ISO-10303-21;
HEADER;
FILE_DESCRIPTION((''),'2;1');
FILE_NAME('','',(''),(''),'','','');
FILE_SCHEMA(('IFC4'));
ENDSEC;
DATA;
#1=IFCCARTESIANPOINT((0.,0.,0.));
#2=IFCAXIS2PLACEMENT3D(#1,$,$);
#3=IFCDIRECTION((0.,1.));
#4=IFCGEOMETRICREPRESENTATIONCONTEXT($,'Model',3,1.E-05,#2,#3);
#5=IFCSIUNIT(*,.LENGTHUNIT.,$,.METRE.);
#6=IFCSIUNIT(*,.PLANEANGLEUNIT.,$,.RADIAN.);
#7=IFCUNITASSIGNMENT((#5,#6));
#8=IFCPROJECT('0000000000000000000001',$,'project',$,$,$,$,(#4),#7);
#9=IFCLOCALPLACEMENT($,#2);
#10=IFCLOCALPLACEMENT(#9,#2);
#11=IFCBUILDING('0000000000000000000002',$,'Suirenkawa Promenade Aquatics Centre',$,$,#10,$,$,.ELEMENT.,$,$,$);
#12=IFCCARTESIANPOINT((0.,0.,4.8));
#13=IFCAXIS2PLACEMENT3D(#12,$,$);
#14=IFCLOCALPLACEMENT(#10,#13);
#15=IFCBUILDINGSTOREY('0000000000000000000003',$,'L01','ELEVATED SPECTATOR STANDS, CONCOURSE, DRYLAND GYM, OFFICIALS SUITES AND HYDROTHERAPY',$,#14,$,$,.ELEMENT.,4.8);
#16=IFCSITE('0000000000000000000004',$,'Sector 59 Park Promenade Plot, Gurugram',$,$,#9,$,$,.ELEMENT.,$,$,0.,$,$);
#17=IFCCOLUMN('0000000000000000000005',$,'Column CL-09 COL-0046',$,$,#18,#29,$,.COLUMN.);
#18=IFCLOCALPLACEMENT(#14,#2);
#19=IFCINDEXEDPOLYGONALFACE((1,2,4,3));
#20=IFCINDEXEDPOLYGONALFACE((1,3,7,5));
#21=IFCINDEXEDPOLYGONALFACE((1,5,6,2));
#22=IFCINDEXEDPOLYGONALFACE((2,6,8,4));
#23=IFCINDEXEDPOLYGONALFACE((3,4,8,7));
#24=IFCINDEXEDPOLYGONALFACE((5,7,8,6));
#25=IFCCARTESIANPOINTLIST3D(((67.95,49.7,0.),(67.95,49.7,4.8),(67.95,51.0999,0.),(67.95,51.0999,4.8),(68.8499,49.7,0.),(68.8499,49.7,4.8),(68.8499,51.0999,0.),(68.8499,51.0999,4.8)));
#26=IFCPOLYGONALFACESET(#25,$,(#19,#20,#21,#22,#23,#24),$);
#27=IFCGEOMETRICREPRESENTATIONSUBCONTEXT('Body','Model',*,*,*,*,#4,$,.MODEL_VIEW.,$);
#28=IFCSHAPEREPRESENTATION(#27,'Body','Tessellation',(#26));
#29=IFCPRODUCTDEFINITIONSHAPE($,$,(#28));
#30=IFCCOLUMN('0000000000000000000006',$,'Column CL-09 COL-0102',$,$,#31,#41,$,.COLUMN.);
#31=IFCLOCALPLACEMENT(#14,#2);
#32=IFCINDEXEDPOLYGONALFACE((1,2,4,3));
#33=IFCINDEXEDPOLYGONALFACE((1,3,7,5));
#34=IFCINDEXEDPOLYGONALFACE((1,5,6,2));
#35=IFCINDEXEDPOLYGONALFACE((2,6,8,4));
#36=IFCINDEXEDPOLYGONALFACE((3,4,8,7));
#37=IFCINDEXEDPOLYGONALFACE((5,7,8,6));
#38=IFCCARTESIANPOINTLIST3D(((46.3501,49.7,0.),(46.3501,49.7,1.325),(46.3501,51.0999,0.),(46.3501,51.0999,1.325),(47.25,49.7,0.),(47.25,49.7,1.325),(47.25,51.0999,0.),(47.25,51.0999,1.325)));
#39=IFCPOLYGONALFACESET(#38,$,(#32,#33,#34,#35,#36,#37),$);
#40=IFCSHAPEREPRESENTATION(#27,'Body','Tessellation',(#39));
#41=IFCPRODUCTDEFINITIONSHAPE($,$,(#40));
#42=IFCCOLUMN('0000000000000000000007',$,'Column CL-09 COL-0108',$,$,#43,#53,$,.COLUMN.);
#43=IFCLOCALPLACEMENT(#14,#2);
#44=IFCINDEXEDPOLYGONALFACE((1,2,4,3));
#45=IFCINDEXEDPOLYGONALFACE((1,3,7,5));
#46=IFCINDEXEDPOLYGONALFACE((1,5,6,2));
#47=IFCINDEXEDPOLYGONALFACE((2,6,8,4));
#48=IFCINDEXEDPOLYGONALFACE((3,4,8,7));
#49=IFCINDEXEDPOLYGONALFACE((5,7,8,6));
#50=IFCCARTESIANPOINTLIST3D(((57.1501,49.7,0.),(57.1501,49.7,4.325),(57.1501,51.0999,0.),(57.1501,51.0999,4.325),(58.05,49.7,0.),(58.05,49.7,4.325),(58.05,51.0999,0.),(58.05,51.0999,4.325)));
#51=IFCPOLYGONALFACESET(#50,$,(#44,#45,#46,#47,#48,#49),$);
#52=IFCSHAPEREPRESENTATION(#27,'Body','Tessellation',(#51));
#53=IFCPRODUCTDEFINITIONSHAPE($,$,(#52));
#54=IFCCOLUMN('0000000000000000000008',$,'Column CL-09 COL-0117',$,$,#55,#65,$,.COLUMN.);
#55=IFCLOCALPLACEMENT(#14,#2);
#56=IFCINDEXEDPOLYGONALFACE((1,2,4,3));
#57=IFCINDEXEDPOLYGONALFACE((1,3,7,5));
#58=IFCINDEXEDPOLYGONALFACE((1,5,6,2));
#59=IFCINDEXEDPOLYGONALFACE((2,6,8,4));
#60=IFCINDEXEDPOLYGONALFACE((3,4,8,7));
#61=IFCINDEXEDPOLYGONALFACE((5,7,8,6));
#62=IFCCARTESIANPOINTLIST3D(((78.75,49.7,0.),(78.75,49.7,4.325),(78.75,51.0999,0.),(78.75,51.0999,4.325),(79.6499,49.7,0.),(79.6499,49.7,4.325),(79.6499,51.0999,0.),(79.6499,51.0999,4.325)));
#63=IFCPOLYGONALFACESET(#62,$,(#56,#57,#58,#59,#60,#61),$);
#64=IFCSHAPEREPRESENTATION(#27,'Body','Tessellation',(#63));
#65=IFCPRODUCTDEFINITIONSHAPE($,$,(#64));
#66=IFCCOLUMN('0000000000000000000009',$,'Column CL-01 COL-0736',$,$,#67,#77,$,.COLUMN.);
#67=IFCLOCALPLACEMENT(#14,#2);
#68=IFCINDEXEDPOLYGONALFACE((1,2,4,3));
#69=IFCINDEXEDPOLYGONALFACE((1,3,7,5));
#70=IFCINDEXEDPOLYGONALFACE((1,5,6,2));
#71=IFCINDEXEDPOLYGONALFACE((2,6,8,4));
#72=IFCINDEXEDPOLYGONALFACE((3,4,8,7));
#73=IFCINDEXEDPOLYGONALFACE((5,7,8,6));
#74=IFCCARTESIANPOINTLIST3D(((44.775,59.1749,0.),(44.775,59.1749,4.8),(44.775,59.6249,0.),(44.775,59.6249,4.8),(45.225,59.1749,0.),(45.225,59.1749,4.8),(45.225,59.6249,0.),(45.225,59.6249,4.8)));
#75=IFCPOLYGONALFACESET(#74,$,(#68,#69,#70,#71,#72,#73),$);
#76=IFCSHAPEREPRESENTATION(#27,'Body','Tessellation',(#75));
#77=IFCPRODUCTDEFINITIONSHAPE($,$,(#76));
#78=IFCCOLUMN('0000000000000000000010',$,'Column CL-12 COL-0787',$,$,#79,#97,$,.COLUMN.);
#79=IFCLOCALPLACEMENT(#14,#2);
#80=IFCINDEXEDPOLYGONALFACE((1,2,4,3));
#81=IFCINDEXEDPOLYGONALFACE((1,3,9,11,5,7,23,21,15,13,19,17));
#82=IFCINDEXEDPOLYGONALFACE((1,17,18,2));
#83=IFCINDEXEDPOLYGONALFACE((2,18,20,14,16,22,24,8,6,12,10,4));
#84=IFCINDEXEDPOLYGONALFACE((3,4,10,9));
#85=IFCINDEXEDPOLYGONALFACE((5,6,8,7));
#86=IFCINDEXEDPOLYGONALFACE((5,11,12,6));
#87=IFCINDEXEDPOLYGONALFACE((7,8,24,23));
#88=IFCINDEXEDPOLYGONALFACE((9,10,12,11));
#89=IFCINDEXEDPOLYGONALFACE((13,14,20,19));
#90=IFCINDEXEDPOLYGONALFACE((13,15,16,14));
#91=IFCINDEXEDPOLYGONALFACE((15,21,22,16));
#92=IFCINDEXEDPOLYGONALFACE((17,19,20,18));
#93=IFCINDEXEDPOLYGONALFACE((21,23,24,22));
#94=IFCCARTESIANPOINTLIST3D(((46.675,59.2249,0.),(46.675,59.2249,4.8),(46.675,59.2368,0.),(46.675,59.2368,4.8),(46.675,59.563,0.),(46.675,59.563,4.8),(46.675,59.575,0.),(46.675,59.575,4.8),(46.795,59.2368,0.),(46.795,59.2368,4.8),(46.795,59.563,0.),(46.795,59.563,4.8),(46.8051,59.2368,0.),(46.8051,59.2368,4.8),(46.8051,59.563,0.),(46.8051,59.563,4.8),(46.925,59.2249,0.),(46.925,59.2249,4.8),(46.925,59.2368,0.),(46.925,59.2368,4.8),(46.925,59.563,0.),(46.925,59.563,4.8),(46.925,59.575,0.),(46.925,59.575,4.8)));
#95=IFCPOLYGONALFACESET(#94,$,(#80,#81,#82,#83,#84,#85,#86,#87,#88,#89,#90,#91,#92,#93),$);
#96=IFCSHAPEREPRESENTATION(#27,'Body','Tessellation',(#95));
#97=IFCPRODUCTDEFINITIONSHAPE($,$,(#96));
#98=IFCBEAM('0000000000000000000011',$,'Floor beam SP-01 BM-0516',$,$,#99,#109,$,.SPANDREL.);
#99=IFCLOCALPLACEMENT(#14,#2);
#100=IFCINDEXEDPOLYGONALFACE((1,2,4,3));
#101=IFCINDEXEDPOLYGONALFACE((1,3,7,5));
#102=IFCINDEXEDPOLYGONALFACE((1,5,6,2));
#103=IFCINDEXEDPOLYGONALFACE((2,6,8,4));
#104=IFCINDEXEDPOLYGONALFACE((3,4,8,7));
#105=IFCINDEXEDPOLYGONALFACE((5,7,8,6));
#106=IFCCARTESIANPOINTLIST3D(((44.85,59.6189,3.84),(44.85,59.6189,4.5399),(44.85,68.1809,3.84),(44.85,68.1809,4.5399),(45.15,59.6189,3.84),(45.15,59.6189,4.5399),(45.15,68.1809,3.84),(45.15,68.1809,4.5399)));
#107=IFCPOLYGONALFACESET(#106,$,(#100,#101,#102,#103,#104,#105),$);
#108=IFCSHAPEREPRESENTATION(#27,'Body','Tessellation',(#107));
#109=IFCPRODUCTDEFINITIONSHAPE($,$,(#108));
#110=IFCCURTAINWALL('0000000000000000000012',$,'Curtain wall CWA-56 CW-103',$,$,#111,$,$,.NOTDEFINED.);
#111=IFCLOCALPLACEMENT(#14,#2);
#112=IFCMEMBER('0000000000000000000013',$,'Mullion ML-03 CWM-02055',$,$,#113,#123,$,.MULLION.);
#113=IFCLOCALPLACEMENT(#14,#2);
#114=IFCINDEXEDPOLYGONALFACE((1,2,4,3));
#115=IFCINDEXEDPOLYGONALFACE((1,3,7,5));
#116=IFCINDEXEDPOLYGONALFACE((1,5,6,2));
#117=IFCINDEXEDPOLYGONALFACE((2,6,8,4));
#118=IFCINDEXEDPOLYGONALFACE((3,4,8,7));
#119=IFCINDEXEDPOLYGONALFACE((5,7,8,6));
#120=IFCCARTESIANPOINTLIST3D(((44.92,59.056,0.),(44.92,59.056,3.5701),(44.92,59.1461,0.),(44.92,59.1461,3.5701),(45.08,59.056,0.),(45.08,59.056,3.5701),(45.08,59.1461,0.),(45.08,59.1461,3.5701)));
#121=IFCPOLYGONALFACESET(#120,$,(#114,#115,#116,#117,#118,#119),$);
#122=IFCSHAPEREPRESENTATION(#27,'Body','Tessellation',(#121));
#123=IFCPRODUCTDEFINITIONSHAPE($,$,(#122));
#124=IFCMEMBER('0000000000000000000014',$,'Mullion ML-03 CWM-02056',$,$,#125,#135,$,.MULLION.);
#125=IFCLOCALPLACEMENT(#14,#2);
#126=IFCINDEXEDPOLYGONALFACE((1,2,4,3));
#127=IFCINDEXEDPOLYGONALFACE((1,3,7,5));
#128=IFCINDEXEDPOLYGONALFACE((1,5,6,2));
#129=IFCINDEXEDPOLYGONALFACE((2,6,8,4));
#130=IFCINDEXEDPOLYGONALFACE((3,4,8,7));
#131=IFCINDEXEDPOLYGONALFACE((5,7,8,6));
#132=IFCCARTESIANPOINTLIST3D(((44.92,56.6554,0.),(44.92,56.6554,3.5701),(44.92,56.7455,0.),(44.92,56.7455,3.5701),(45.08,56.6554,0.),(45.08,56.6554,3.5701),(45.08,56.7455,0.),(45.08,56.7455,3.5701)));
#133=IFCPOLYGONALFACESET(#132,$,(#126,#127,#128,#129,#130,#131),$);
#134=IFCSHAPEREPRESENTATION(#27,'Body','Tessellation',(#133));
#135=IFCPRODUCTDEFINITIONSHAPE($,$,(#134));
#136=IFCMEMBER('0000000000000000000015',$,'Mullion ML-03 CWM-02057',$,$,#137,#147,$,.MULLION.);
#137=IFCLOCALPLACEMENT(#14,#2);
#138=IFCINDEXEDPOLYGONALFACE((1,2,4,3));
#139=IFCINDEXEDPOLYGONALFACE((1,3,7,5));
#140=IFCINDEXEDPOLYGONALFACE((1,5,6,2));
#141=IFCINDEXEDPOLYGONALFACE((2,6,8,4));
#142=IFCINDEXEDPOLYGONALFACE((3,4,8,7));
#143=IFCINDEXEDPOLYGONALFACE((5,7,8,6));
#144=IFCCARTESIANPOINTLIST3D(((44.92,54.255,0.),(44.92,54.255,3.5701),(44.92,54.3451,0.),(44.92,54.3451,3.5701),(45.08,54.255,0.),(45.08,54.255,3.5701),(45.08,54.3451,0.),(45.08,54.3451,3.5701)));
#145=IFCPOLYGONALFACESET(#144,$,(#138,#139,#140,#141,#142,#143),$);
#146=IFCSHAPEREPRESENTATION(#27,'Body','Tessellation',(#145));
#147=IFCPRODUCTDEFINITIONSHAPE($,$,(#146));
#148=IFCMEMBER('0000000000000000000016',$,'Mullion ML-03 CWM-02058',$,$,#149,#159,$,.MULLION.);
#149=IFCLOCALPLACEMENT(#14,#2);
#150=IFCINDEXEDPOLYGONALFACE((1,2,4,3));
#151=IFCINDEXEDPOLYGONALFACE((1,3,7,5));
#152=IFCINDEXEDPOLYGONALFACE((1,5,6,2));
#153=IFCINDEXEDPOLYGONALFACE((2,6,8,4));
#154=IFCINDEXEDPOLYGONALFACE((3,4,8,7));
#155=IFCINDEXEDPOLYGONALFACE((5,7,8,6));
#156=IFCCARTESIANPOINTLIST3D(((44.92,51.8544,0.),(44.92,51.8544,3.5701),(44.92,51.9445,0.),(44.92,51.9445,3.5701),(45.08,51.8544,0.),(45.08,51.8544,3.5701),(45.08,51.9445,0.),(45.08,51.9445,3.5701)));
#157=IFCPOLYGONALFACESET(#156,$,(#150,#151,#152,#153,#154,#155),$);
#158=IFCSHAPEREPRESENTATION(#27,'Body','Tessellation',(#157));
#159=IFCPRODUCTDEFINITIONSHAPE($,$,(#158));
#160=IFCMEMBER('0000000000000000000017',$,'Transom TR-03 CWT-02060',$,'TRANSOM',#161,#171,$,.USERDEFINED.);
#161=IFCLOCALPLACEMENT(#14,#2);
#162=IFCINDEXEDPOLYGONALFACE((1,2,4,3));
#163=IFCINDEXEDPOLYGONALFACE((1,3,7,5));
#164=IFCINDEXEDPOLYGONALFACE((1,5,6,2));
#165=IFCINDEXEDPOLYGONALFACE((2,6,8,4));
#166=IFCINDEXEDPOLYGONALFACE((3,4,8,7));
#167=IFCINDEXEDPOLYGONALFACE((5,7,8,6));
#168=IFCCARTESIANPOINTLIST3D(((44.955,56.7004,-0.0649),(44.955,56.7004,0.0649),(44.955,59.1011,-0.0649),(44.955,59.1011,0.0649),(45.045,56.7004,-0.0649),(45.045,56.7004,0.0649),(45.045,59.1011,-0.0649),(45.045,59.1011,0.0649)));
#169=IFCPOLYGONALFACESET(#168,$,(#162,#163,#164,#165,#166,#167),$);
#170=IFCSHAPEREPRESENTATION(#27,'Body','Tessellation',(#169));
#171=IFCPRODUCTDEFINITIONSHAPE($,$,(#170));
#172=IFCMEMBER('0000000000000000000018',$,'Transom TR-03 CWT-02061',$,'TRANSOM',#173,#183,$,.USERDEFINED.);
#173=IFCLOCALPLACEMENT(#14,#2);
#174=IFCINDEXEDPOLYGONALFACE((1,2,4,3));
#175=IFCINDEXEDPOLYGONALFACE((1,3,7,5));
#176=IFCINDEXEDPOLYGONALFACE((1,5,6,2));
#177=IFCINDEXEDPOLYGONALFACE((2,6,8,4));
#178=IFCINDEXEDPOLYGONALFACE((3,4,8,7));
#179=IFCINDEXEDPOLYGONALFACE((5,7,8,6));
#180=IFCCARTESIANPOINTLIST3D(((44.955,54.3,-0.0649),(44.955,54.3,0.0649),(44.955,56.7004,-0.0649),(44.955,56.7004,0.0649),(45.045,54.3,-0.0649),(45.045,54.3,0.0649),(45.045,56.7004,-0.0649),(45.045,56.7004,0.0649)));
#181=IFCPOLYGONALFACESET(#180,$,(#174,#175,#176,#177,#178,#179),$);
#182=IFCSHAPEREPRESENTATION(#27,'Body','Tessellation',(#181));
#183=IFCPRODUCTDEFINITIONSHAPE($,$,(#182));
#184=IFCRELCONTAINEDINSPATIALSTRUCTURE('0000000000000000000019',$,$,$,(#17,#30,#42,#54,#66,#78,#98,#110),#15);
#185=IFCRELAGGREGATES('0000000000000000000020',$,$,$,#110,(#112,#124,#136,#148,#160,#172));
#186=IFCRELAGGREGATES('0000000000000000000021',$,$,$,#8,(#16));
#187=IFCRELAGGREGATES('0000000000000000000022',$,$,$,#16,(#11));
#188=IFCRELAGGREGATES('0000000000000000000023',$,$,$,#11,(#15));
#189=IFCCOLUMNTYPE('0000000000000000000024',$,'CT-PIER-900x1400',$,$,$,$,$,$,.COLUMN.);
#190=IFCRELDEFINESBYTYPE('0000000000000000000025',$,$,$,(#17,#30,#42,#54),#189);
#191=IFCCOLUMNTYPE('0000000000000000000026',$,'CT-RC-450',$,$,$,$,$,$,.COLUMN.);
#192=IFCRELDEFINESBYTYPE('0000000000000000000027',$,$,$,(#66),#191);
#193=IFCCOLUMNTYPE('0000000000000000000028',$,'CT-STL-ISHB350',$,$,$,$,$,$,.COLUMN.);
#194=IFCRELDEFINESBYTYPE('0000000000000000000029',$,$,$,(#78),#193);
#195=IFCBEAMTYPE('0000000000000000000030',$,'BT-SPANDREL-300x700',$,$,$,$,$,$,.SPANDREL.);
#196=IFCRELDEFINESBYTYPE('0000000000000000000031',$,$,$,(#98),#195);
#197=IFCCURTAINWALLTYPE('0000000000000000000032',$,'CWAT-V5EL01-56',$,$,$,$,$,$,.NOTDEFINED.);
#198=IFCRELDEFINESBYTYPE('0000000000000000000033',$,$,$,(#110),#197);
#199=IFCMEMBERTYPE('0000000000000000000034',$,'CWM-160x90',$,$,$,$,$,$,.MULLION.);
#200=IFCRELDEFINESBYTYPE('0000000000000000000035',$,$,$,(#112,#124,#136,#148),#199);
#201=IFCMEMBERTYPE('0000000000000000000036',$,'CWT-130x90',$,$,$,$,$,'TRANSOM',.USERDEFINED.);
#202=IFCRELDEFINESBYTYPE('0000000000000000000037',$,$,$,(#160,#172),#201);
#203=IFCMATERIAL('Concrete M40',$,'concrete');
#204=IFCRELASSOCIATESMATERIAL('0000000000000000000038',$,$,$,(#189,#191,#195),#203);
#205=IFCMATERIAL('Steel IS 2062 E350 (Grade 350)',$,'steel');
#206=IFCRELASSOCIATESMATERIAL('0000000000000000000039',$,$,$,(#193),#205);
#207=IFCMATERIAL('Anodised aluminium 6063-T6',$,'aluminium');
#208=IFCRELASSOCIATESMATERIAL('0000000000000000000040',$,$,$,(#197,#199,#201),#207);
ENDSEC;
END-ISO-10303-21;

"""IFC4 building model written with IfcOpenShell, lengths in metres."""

from ifc_helpers import new_model, si_unit, direction, frame, origin, origin_2d, place, context, subcontext, project, spatial, rectangle, i_section, extrude, material, material_profile, profile_set, type_object, element, aggregate, save


model = new_model("IFC4")

# Units and contexts
model_context = context("Model", 3, precision=1e-05, world=origin(), true_north=direction((0.0, 1.0)))
body_context = subcontext(model_context, "Body", "Model", "MODEL_VIEW")
ifc_project = project(units=[si_unit("LENGTHUNIT", "METRE"), si_unit("PLANEANGLEUNIT", "RADIAN")], contexts=[model_context])

# Site, building, storey
site_placement = place(None, origin())
site = spatial("IfcSite", under=ifc_project, at=site_placement, Name="Sector 59 Park Promenade Plot, Gurugram", CompositionType="ELEMENT", RefElevation=0.0)
building_placement = place(site_placement, origin())
building = spatial("IfcBuilding", under=site, at=building_placement, Name="Suirenkawa Promenade Aquatics Centre", CompositionType="ELEMENT")
storey_placement = place(building_placement, frame((0.0, 0.0, 4.8)))
storey = spatial("IfcBuildingStorey", under=building, at=storey_placement, Name="L01", Description="ELEVATED SPECTATOR STANDS, CONCOURSE, DRYLAND GYM, OFFICIALS SUITES AND HYDROTHERAPY", CompositionType="ELEMENT", Elevation=4.8)

# Columns
ifc_material_1 = material(Name="Concrete M40", Category="concrete")
ifc_material_profile_1 = material_profile(ifc_material_1, rectangle(XDim=0.8999, YDim=1.3999, at=origin_2d()), Name="RC PIER 900x1400", Category="concrete")
ifc_profile_set_1 = profile_set([ifc_material_profile_1], Name="Concrete M40")
column_type_1 = type_object("IfcColumnType", Name="CT-PIER-900x1400", PredefinedType="COLUMN", material=ifc_profile_set_1)
column_1_placement = place(storey_placement, frame((68.3999, 50.3999, 0.0), z_axis=(0.0, 0.0, 1.0), x_axis=(1.0, 0.0, 0.0)))
element("IfcColumn", 1, at=column_1_placement, inside=storey, type_object=column_type_1, Name="Column CL-09 COL-0046", PredefinedType="COLUMN", context=body_context, shape_type="SweptSolid", body=[
    extrude(rectangle(XDim=0.8999, YDim=1.3999, at=origin_2d()), origin(), (0.0, 0.0, 1.0), 4.8),
])
column_2_placement = place(storey_placement, frame((46.8, 50.3999, 0.0), z_axis=(0.0, 0.0, 1.0), x_axis=(1.0, 0.0, 0.0)))
element("IfcColumn", 2, at=column_2_placement, inside=storey, type_object=column_type_1, Name="Column CL-09 COL-0102", PredefinedType="COLUMN", context=body_context, shape_type="SweptSolid", body=[
    extrude(rectangle(XDim=0.8999, YDim=1.3999, at=origin_2d()), origin(), (0.0, 0.0, 1.0), 1.325),
])
for number, where, z_axis, x_axis, name in (
    (3, (57.6001, 50.3999, 0.0), (0.0, 0.0, 1.0), (1.0, 0.0, 0.0), "Column CL-09 COL-0108"),
    (4, (79.2, 50.3999, 0.0), (0.0, 0.0, 1.0), (1.0, 0.0, 0.0), "Column CL-09 COL-0117"),
):
    element("IfcColumn", number, at=place(storey_placement, frame(where, z_axis=z_axis, x_axis=x_axis)), inside=storey, type_object=column_type_1, Name=name, PredefinedType="COLUMN", context=body_context, shape_type="SweptSolid", body=[
        extrude(rectangle(XDim=0.8999, YDim=1.3999, at=origin_2d()), origin(), (0.0, 0.0, 1.0), 4.325),
    ])
ifc_material_profile_2 = material_profile(ifc_material_1, rectangle(XDim=0.45, YDim=0.45, at=origin_2d()), Name="RC COL 450x450", Category="concrete")
ifc_profile_set_2 = profile_set([ifc_material_profile_2], Name="Concrete M40")
column_type_2 = type_object("IfcColumnType", Name="CT-RC-450", PredefinedType="COLUMN", material=ifc_profile_set_2)
column_3_placement = place(storey_placement, frame((45.0, 59.3999, 0.0), z_axis=(0.0, 0.0, 1.0), x_axis=(1.0, 0.0, 0.0)))
element("IfcColumn", 5, at=column_3_placement, inside=storey, type_object=column_type_2, Name="Column CL-01 COL-0736", PredefinedType="COLUMN", context=body_context, shape_type="SweptSolid", body=[
    extrude(rectangle(XDim=0.45, YDim=0.45, at=origin_2d()), origin(), (0.0, 0.0, 1.0), 4.8),
])
ifc_material_2 = material(Name="Steel IS 2062 E350 (Grade 350)", Category="steel")
ifc_material_profile_3 = material_profile(ifc_material_2, i_section(OverallWidth=0.25, OverallDepth=0.3501, WebThickness=0.01, FlangeThickness=0.012, at=origin_2d()), Name="ISHB 350", Category="steel")
ifc_profile_set_3 = profile_set([ifc_material_profile_3], Name="Steel IS 2062 E350 (Grade 350)")
column_type_3 = type_object("IfcColumnType", Name="CT-STL-ISHB350", PredefinedType="COLUMN", material=ifc_profile_set_3)
column_4_placement = place(storey_placement, frame((46.8, 59.3999, 0.0), z_axis=(0.0, 0.0, 1.0), x_axis=(1.0, 0.0, 0.0)))
element("IfcColumn", 6, at=column_4_placement, inside=storey, type_object=column_type_3, Name="Column CL-12 COL-0787", PredefinedType="COLUMN", context=body_context, shape_type="SweptSolid", body=[
    extrude(i_section(OverallWidth=0.25, OverallDepth=0.3501, WebThickness=0.01, FlangeThickness=0.012, at=origin_2d()), origin(), (0.0, 0.0, 1.0), 4.8),
])

# Beam
ifc_material_profile_4 = material_profile(ifc_material_1, rectangle(XDim=0.3, YDim=0.7, at=origin_2d()), Name="RC SPANDREL 300x700", Category="concrete")
ifc_profile_set_4 = profile_set([ifc_material_profile_4], Name="Concrete M40")
beam_type = type_object("IfcBeamType", Name="BT-SPANDREL-300x700", PredefinedType="SPANDREL", material=ifc_profile_set_4)
beam_placement = place(storey_placement, frame((45.0, 59.6189, 4.1899), z_axis=(0.0, 1.0, 0.0), x_axis=(-1.0, 0.0, 0.0)))
element("IfcBeam", 7, at=beam_placement, inside=storey, type_object=beam_type, Name="Floor beam SP-01 BM-0516", PredefinedType="SPANDREL", context=body_context, shape_type="SweptSolid", body=[
    extrude(rectangle(XDim=0.3, YDim=0.7, at=origin_2d()), origin(), (0.0, 0.0, 1.0), 8.562),
])

# Curtain wall, members
ifc_material_3 = material(Name="Anodised aluminium 6063-T6", Category="aluminium")
curtain_wall_type = type_object("IfcCurtainWallType", Name="CWAT-V5EL01-56", PredefinedType="NOTDEFINED", material=ifc_material_3)
curtain_wall_placement = place(storey_placement, origin())
curtain_wall = element("IfcCurtainWall", 8, at=curtain_wall_placement, inside=storey, type_object=curtain_wall_type, Name="Curtain wall CWA-56 CW-103", PredefinedType="NOTDEFINED")
ifc_material_profile_5 = material_profile(ifc_material_3, rectangle(XDim=0.0901, YDim=0.1599, at=origin_2d()), Name="ALU MULL 90x160", Category="aluminium")
ifc_profile_set_5 = profile_set([ifc_material_profile_5], Name="Anodised aluminium 6063-T6")
member_type_1 = type_object("IfcMemberType", Name="CWM-160x90", PredefinedType="MULLION", material=ifc_profile_set_5)
member_1_placement = place(storey_placement, frame((45.0, 59.1011, 0.0), z_axis=(0.0, 0.0, 1.0), x_axis=(0.0, -1.0, 0.0)))
member_1 = element("IfcMember", 9, at=member_1_placement, type_object=member_type_1, Name="Mullion ML-03 CWM-02055", PredefinedType="MULLION", context=body_context, shape_type="SweptSolid", body=[
    extrude(rectangle(XDim=0.0901, YDim=0.1599, at=origin_2d()), origin(), (0.0, 0.0, 1.0), 3.5701),
])
member_2_placement = place(storey_placement, frame((45.0, 56.7004, 0.0), z_axis=(0.0, 0.0, 1.0), x_axis=(0.0, -1.0, 0.0)))
member_2 = element("IfcMember", 10, at=member_2_placement, type_object=member_type_1, Name="Mullion ML-03 CWM-02056", PredefinedType="MULLION", context=body_context, shape_type="SweptSolid", body=[
    extrude(rectangle(XDim=0.0901, YDim=0.1599, at=origin_2d()), origin(), (0.0, 0.0, 1.0), 3.5701),
])
member_3_placement = place(storey_placement, frame((45.0, 54.3, 0.0), z_axis=(0.0, 0.0, 1.0), x_axis=(0.0, -1.0, 0.0)))
member_3 = element("IfcMember", 11, at=member_3_placement, type_object=member_type_1, Name="Mullion ML-03 CWM-02057", PredefinedType="MULLION", context=body_context, shape_type="SweptSolid", body=[
    extrude(rectangle(XDim=0.0901, YDim=0.1599, at=origin_2d()), origin(), (0.0, 0.0, 1.0), 3.5701),
])
member_4_placement = place(storey_placement, frame((45.0, 51.8994, 0.0), z_axis=(0.0, 0.0, 1.0), x_axis=(0.0, -1.0, 0.0)))
member_4 = element("IfcMember", 12, at=member_4_placement, type_object=member_type_1, Name="Mullion ML-03 CWM-02058", PredefinedType="MULLION", context=body_context, shape_type="SweptSolid", body=[
    extrude(rectangle(XDim=0.0901, YDim=0.1599, at=origin_2d()), origin(), (0.0, 0.0, 1.0), 3.5701),
])
ifc_material_profile_6 = material_profile(ifc_material_3, rectangle(XDim=0.0901, YDim=0.1299, at=origin_2d()), Name="ALU TRAN 90x130", Category="aluminium")
ifc_profile_set_6 = profile_set([ifc_material_profile_6], Name="Anodised aluminium 6063-T6")
member_type_2 = type_object("IfcMemberType", Name="CWT-130x90", ElementType="TRANSOM", PredefinedType="USERDEFINED", material=ifc_profile_set_6)
member_5_placement = place(storey_placement, frame((45.0, 59.1011, 0.0), z_axis=(0.0, -1.0, 0.0), x_axis=(1.0, 0.0, 0.0)))
member_5 = element("IfcMember", 13, at=member_5_placement, type_object=member_type_2, Name="Transom TR-03 CWT-02060", ObjectType="TRANSOM", PredefinedType="USERDEFINED", context=body_context, shape_type="SweptSolid", body=[
    extrude(rectangle(XDim=0.0901, YDim=0.1299, at=origin_2d()), origin(), (0.0, 0.0, 1.0), 2.4006),
])
member_6_placement = place(storey_placement, frame((45.0, 56.7004, 0.0), z_axis=(0.0, -1.0, 0.0), x_axis=(1.0, 0.0, 0.0)))
member_6 = element("IfcMember", 14, at=member_6_placement, type_object=member_type_2, Name="Transom TR-03 CWT-02061", ObjectType="TRANSOM", PredefinedType="USERDEFINED", context=body_context, shape_type="SweptSolid", body=[
    extrude(rectangle(XDim=0.0901, YDim=0.1299, at=origin_2d()), origin(), (0.0, 0.0, 1.0), 2.4004),
])
aggregate(curtain_wall, [member_1, member_2, member_3, member_4, member_5, member_6])

save(model, "model.ifc")
